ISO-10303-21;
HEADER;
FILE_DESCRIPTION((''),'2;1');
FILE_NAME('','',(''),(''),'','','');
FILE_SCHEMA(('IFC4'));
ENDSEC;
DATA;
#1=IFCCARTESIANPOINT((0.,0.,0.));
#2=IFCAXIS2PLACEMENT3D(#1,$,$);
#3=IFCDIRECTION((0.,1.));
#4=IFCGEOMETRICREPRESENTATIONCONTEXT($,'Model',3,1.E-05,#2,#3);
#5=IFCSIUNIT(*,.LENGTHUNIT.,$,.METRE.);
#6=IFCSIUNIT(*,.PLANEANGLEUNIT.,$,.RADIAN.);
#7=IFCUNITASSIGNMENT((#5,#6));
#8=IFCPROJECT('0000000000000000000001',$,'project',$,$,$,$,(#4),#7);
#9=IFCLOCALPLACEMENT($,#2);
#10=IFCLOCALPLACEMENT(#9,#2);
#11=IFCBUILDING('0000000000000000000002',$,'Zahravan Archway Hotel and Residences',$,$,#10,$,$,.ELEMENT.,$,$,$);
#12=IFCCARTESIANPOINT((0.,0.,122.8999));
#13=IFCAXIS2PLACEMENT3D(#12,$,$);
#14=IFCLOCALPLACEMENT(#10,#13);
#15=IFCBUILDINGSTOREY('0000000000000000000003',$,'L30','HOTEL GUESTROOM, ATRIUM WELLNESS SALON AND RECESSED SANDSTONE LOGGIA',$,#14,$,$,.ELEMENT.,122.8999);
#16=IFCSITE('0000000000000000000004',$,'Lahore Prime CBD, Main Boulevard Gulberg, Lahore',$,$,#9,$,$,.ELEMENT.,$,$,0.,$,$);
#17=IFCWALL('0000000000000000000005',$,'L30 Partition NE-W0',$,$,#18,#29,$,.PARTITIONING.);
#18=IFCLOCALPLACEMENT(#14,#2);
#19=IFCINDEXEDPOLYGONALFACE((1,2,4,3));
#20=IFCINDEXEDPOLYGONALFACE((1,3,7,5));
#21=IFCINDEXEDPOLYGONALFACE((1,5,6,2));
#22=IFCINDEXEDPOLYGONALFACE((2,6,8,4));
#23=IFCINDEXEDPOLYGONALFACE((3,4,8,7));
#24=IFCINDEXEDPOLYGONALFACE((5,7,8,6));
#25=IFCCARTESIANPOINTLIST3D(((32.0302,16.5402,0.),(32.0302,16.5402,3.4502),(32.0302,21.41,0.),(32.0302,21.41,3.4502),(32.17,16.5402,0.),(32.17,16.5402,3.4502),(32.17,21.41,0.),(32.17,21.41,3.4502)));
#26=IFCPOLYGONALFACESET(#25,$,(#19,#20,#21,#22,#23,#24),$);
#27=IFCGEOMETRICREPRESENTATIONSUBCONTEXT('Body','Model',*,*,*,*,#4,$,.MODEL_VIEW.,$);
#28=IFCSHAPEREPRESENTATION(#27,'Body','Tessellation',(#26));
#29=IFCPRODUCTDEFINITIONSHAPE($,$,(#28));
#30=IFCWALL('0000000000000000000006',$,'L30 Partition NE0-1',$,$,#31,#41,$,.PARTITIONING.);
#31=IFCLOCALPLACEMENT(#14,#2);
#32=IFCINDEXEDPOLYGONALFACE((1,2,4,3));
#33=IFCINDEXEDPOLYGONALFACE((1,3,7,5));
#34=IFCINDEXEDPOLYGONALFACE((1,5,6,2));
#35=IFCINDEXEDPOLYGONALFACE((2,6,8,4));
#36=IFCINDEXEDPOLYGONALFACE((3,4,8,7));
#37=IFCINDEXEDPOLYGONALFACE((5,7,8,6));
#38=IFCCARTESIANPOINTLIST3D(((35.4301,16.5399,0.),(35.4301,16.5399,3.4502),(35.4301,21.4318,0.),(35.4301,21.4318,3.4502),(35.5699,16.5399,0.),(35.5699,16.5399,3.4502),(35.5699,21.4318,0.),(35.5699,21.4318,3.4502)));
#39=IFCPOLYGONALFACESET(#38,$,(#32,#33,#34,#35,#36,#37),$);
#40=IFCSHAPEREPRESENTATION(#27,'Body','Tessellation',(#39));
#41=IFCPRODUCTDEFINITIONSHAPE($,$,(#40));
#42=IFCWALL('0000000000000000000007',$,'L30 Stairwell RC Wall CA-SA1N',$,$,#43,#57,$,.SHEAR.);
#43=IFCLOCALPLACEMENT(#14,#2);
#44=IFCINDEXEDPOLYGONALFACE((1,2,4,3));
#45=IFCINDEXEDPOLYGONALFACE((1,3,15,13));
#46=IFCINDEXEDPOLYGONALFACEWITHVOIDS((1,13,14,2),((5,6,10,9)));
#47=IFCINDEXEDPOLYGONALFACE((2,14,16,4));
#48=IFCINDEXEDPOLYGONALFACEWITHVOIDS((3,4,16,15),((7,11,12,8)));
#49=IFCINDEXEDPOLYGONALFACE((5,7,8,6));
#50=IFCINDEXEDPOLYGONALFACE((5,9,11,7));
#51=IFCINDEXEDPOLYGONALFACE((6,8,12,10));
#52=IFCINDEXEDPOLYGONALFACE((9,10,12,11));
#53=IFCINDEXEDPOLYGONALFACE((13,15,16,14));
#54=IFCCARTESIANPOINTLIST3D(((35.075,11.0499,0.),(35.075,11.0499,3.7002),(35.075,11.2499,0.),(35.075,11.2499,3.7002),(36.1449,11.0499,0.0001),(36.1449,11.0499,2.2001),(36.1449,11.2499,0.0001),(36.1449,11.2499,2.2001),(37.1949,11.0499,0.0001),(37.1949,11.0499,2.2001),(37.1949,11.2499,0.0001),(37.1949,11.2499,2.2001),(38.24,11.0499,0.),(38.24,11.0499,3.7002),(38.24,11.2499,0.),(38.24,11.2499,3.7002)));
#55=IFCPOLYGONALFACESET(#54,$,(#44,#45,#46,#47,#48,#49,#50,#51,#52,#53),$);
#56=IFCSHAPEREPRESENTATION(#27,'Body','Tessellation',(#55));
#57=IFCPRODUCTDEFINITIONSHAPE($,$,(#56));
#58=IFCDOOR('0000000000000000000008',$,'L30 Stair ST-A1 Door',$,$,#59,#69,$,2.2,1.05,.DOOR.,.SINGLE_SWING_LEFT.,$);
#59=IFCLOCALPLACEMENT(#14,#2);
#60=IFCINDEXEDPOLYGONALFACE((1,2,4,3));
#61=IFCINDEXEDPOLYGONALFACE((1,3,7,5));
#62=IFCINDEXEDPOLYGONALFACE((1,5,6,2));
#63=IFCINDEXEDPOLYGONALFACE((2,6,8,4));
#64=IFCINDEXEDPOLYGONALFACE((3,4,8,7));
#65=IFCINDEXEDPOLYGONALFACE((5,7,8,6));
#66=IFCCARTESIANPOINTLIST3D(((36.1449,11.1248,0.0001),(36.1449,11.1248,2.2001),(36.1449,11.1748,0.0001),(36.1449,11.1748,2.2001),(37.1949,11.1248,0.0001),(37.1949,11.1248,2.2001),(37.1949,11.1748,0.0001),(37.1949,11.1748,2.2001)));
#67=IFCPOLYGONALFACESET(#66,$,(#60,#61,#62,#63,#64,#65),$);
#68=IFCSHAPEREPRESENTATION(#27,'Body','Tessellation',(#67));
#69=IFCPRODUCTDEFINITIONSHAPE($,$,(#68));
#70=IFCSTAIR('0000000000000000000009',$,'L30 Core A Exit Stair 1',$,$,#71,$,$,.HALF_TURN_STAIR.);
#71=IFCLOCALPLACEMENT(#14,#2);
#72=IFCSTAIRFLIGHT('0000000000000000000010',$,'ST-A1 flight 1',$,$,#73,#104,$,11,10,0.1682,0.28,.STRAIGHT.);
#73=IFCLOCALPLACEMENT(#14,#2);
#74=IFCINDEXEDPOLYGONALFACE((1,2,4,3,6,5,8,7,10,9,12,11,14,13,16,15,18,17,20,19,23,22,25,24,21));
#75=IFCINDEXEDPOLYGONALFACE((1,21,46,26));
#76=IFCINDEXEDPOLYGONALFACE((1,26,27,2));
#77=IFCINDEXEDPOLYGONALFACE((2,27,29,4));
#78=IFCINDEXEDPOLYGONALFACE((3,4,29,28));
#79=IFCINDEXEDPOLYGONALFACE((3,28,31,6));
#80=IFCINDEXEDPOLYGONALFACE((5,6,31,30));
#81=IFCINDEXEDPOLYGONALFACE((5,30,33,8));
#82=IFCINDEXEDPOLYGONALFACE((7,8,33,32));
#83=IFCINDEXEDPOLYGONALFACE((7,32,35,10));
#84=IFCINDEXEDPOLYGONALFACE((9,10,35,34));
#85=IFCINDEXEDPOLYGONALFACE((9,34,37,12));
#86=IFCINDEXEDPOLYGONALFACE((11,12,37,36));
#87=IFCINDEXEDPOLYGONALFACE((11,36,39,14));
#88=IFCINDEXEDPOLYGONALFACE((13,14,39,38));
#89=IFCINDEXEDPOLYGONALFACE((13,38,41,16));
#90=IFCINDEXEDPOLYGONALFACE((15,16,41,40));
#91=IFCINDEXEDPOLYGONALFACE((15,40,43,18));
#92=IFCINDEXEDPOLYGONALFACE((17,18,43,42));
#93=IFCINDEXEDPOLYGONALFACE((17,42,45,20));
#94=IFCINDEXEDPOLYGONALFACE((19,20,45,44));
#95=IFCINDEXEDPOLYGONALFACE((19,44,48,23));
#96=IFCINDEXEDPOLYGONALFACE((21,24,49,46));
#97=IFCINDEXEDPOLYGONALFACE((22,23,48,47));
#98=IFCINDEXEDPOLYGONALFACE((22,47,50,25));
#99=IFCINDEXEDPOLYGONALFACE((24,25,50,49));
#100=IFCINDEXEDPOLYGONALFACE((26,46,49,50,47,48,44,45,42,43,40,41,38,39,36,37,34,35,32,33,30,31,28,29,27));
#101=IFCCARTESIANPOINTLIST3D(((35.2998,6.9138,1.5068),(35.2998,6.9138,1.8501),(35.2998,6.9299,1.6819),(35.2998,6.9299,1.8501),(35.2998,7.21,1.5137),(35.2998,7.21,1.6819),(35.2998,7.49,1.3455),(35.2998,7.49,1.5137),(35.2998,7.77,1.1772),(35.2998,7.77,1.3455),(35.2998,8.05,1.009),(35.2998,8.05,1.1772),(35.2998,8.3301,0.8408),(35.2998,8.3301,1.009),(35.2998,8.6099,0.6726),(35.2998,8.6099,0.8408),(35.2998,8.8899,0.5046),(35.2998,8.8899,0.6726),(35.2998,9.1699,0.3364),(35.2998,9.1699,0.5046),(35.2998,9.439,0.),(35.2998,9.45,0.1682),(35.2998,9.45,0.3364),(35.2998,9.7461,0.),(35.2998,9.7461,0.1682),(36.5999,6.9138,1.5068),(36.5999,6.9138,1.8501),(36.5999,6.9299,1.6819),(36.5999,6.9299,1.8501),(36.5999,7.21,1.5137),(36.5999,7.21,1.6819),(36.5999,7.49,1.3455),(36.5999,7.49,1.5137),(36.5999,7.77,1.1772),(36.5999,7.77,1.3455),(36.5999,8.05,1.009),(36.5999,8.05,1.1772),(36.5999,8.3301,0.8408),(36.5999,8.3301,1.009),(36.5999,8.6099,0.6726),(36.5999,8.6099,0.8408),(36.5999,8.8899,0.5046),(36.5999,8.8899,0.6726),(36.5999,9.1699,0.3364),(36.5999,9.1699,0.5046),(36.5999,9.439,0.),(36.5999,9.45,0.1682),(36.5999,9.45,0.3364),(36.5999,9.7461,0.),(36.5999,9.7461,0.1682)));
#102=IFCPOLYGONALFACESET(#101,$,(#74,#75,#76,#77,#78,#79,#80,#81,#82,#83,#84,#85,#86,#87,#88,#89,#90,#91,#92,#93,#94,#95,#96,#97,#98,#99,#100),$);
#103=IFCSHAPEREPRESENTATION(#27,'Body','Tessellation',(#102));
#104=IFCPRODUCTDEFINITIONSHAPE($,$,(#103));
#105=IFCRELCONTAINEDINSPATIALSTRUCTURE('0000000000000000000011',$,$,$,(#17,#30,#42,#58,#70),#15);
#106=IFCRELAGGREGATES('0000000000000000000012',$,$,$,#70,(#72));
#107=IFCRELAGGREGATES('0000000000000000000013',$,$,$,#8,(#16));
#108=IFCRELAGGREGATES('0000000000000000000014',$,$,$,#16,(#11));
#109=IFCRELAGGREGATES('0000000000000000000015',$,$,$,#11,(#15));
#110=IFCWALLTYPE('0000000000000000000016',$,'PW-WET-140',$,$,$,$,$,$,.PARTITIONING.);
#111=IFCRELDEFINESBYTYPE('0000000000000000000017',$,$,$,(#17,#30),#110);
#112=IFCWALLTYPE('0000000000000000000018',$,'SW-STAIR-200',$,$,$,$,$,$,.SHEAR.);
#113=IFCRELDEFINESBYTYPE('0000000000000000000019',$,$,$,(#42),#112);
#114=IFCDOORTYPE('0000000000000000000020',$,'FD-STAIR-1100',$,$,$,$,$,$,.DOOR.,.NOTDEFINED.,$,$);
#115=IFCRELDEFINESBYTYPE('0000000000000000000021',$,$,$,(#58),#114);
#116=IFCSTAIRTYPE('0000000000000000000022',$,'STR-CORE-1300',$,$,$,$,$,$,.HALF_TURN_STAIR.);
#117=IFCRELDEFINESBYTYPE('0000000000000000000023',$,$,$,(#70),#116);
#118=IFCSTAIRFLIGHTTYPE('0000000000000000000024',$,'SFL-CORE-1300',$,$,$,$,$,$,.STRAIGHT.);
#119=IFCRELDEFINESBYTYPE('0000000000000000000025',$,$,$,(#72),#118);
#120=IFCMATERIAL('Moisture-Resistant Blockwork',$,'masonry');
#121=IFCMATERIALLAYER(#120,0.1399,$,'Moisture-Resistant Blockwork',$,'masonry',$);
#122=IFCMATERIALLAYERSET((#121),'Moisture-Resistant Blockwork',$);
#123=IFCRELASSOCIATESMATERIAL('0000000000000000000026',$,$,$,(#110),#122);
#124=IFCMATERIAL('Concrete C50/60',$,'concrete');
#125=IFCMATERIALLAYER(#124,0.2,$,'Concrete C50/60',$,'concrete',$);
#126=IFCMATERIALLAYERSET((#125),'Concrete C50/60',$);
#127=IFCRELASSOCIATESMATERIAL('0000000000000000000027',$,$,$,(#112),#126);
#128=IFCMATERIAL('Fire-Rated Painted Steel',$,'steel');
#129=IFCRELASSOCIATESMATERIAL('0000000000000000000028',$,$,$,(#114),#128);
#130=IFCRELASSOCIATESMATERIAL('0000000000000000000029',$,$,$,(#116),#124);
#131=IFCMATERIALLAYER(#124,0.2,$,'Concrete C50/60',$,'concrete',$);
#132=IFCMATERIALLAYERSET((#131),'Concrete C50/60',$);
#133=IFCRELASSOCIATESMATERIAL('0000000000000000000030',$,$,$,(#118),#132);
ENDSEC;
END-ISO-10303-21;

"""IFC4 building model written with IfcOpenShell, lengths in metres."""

from ifc_helpers import new_model, si_unit, direction, frame, frame_2d, origin, place, context, subcontext, project, spatial, polyline, rectangle, outline, extrude, source, transform, mapped, material, layer, layer_set, type_object, type_shapes, element, fill, aggregate, save


model = new_model("IFC4")

# Units and contexts
model_context = context("Model", 3, precision=1e-05, world=origin(), true_north=direction((0.0, 1.0)))
body_context = subcontext(model_context, "Body", "Model", "MODEL_VIEW")
ifc_project = project(units=[si_unit("LENGTHUNIT", "METRE"), si_unit("PLANEANGLEUNIT", "RADIAN")], contexts=[model_context])

# Site, building, storey
site_placement = place(None, origin())
site = spatial("IfcSite", under=ifc_project, at=site_placement, Name="Lahore Prime CBD, Main Boulevard Gulberg, Lahore", CompositionType="ELEMENT", RefElevation=0.0)
building_placement = place(site_placement, origin())
building = spatial("IfcBuilding", under=site, at=building_placement, Name="Zahravan Archway Hotel and Residences", CompositionType="ELEMENT")
storey_placement = place(building_placement, frame((0.0, 0.0, 122.8999)))
storey = spatial("IfcBuildingStorey", under=building, at=storey_placement, Name="L30", Description="HOTEL GUESTROOM, ATRIUM WELLNESS SALON AND RECESSED SANDSTONE LOGGIA", CompositionType="ELEMENT", Elevation=122.8999)

# Shared definitions
ifc_material_1 = material(Name="Fire-Rated Painted Steel", Category="steel")

# Walls
ifc_material_2 = material(Name="Moisture-Resistant Blockwork", Category="masonry")
ifc_layer_1 = layer(ifc_material_2, 0.1399, Name="Moisture-Resistant Blockwork", Category="masonry")
ifc_layer_set_1 = layer_set([ifc_layer_1], Name="Moisture-Resistant Blockwork")
wall_type_1 = type_object("IfcWallType", Name="PW-WET-140", PredefinedType="PARTITIONING", material=ifc_layer_set_1)
wall_1_placement = place(storey_placement, frame((32.1001, 16.54, 0.0), z_axis=(0.0, 0.0, 1.0), x_axis=(0.0, 1.0, 0.0)))
element("IfcWall", 1, at=wall_1_placement, inside=storey, type_object=wall_type_1, Name="L30 Partition NE-W0", PredefinedType="PARTITIONING", context=body_context, shape_type="SweptSolid", body=[
    extrude(rectangle(XDim=4.8699, YDim=0.1399, at=frame_2d((2.4351, 0.0))), origin(), (0.0, 0.0, 1.0), 3.4502),
])
wall_2_placement = place(storey_placement, frame((35.5, 16.54, 0.0), z_axis=(0.0, 0.0, 1.0), x_axis=(0.0, 1.0, 0.0)))
element("IfcWall", 2, at=wall_2_placement, inside=storey, type_object=wall_type_1, Name="L30 Partition NE0-1", PredefinedType="PARTITIONING", context=body_context, shape_type="SweptSolid", body=[
    extrude(rectangle(XDim=4.8918, YDim=0.1399, at=frame_2d((2.4458, 0.0))), origin(), (0.0, 0.0, 1.0), 3.4502),
])

# Wall, opening, door
ifc_material_3 = material(Name="Concrete C50/60", Category="concrete")
ifc_layer_2 = layer(ifc_material_3, 0.2, Name="Concrete C50/60", Category="concrete")
ifc_layer_set_2 = layer_set([ifc_layer_2], Name="Concrete C50/60")
wall_type_2 = type_object("IfcWallType", Name="SW-STAIR-200", PredefinedType="SHEAR", material=ifc_layer_set_2)
wall_3_placement = place(storey_placement, frame((35.075, 11.1499, 0.0), z_axis=(0.0, 0.0, 1.0), x_axis=(1.0, 0.0, 0.0)))
wall_3 = element("IfcWall", 3, at=wall_3_placement, inside=storey, type_object=wall_type_2, Name="L30 Stairwell RC Wall CA-SA1N", PredefinedType="SHEAR", context=body_context, shape_type="SweptSolid", body=[
    extrude(rectangle(XDim=3.165, YDim=0.2, at=frame_2d((1.5825, 0.0))), origin(), (0.0, 0.0, 1.0), 3.7002),
])
opening_1_placement = place(wall_3_placement, frame((1.0701, 0.0, 0.0)))
opening_1 = element("IfcOpeningElement", 4, at=opening_1_placement, cuts=wall_3, PredefinedType="OPENING", context=body_context, shape_type="SweptSolid", body=[
    extrude(rectangle(XDim=1.05, YDim=2.2, at=frame_2d((0.5249, 1.1001))), frame((0.0, 0.1099, 0.0), z_axis=(0.0, -1.0, 0.0), x_axis=(1.0, 0.0, 0.0)), (0.0, 0.0, 1.0), 0.22),
])
door_type_1 = type_object("IfcDoorType", Name="FD-STAIR-1100", OperationType="NOTDEFINED", PredefinedType="DOOR", material=ifc_material_1)
shared_shape_1 = source(origin(), body_context, "Body", "SweptSolid", [
    extrude(rectangle(XDim=1.05, YDim=2.2, at=frame_2d((0.5249, 1.1001))), frame((0.0, 0.0249, 0.0), z_axis=(0.0, -1.0, 0.0), x_axis=(1.0, 0.0, 0.0)), (0.0, 0.0, 1.0), 0.05),
])
type_shapes(door_type_1, [shared_shape_1])
door_1_placement = place(opening_1_placement, origin())
door_1 = element("IfcDoor", 5, at=door_1_placement, inside=storey, type_object=door_type_1, Name="L30 Stair ST-A1 Door", OperationType="SINGLE_SWING_LEFT", OverallHeight=2.2, OverallWidth=1.05, PredefinedType="DOOR", context=body_context, shape_type="MappedRepresentation", body=[
    mapped(shared_shape_1, transform((0.0, 0.0, 0.0), scale=1.0)),
])
fill(opening_1, door_1)

# Stair, stair flight
stair_type = type_object("IfcStairType", Name="STR-CORE-1300", PredefinedType="HALF_TURN_STAIR", material=ifc_material_3)
stair_placement = place(storey_placement, origin())
stair = element("IfcStair", 6, at=stair_placement, inside=storey, type_object=stair_type, Name="L30 Core A Exit Stair 1", PredefinedType="HALF_TURN_STAIR")
ifc_layer_3 = layer(ifc_material_3, 0.2, Name="Concrete C50/60", Category="concrete")
ifc_layer_set_3 = layer_set([ifc_layer_3], Name="Concrete C50/60")
stair_flight_type = type_object("IfcStairFlightType", Name="SFL-CORE-1300", PredefinedType="STRAIGHT", material=ifc_layer_set_3)
shared_shape_2 = source(origin(), body_context, "Body", "SweptSolid", [
    extrude(outline(polyline([(-0.0161, 0.0), (-0.0161, 0.1682), (0.28, 0.1682), (0.28, 0.3364), (0.5601, 0.3364), (0.5601, 0.5046), (0.8401, 0.5046), (0.8401, 0.6726), (1.1201, 0.6726), (1.1201, 0.8408), (1.3999, 0.8408), (1.3999, 1.009), (1.6799, 1.009), (1.6799, 1.1772), (1.96, 1.1772), (1.96, 1.3455), (2.24, 1.3455), (2.24, 1.5137), (2.52, 1.5137), (2.52, 1.6819), (2.8, 1.6819), (2.8, 1.8501), (2.8162, 1.8501), (2.8162, 1.5068), (0.291, 0.0), (-0.0161, 0.0)])), frame((0.0, 0.6499, 0.0), z_axis=(0.0, -1.0, 0.0), x_axis=(1.0, 0.0, 0.0)), (0.0, 0.0, 1.0), 1.3),
])
stair_flight_placement = place(storey_placement, frame((35.95, 9.73, 0.0), z_axis=(0.0, 0.0, 1.0), x_axis=(0.0, -1.0, 0.0)))
stair_flight = element("IfcStairFlight", 7, at=stair_flight_placement, type_object=stair_flight_type, Name="ST-A1 flight 1", NumberOfRisers=11, NumberOfTreads=10, PredefinedType="STRAIGHT", RiserHeight=0.1682, TreadLength=0.28, context=body_context, shape_type="MappedRepresentation", body=[
    mapped(shared_shape_2, transform((0.0, 0.0, 0.0), scale=1.0)),
])
aggregate(stair, [stair_flight])

save(model, "model.ifc")
